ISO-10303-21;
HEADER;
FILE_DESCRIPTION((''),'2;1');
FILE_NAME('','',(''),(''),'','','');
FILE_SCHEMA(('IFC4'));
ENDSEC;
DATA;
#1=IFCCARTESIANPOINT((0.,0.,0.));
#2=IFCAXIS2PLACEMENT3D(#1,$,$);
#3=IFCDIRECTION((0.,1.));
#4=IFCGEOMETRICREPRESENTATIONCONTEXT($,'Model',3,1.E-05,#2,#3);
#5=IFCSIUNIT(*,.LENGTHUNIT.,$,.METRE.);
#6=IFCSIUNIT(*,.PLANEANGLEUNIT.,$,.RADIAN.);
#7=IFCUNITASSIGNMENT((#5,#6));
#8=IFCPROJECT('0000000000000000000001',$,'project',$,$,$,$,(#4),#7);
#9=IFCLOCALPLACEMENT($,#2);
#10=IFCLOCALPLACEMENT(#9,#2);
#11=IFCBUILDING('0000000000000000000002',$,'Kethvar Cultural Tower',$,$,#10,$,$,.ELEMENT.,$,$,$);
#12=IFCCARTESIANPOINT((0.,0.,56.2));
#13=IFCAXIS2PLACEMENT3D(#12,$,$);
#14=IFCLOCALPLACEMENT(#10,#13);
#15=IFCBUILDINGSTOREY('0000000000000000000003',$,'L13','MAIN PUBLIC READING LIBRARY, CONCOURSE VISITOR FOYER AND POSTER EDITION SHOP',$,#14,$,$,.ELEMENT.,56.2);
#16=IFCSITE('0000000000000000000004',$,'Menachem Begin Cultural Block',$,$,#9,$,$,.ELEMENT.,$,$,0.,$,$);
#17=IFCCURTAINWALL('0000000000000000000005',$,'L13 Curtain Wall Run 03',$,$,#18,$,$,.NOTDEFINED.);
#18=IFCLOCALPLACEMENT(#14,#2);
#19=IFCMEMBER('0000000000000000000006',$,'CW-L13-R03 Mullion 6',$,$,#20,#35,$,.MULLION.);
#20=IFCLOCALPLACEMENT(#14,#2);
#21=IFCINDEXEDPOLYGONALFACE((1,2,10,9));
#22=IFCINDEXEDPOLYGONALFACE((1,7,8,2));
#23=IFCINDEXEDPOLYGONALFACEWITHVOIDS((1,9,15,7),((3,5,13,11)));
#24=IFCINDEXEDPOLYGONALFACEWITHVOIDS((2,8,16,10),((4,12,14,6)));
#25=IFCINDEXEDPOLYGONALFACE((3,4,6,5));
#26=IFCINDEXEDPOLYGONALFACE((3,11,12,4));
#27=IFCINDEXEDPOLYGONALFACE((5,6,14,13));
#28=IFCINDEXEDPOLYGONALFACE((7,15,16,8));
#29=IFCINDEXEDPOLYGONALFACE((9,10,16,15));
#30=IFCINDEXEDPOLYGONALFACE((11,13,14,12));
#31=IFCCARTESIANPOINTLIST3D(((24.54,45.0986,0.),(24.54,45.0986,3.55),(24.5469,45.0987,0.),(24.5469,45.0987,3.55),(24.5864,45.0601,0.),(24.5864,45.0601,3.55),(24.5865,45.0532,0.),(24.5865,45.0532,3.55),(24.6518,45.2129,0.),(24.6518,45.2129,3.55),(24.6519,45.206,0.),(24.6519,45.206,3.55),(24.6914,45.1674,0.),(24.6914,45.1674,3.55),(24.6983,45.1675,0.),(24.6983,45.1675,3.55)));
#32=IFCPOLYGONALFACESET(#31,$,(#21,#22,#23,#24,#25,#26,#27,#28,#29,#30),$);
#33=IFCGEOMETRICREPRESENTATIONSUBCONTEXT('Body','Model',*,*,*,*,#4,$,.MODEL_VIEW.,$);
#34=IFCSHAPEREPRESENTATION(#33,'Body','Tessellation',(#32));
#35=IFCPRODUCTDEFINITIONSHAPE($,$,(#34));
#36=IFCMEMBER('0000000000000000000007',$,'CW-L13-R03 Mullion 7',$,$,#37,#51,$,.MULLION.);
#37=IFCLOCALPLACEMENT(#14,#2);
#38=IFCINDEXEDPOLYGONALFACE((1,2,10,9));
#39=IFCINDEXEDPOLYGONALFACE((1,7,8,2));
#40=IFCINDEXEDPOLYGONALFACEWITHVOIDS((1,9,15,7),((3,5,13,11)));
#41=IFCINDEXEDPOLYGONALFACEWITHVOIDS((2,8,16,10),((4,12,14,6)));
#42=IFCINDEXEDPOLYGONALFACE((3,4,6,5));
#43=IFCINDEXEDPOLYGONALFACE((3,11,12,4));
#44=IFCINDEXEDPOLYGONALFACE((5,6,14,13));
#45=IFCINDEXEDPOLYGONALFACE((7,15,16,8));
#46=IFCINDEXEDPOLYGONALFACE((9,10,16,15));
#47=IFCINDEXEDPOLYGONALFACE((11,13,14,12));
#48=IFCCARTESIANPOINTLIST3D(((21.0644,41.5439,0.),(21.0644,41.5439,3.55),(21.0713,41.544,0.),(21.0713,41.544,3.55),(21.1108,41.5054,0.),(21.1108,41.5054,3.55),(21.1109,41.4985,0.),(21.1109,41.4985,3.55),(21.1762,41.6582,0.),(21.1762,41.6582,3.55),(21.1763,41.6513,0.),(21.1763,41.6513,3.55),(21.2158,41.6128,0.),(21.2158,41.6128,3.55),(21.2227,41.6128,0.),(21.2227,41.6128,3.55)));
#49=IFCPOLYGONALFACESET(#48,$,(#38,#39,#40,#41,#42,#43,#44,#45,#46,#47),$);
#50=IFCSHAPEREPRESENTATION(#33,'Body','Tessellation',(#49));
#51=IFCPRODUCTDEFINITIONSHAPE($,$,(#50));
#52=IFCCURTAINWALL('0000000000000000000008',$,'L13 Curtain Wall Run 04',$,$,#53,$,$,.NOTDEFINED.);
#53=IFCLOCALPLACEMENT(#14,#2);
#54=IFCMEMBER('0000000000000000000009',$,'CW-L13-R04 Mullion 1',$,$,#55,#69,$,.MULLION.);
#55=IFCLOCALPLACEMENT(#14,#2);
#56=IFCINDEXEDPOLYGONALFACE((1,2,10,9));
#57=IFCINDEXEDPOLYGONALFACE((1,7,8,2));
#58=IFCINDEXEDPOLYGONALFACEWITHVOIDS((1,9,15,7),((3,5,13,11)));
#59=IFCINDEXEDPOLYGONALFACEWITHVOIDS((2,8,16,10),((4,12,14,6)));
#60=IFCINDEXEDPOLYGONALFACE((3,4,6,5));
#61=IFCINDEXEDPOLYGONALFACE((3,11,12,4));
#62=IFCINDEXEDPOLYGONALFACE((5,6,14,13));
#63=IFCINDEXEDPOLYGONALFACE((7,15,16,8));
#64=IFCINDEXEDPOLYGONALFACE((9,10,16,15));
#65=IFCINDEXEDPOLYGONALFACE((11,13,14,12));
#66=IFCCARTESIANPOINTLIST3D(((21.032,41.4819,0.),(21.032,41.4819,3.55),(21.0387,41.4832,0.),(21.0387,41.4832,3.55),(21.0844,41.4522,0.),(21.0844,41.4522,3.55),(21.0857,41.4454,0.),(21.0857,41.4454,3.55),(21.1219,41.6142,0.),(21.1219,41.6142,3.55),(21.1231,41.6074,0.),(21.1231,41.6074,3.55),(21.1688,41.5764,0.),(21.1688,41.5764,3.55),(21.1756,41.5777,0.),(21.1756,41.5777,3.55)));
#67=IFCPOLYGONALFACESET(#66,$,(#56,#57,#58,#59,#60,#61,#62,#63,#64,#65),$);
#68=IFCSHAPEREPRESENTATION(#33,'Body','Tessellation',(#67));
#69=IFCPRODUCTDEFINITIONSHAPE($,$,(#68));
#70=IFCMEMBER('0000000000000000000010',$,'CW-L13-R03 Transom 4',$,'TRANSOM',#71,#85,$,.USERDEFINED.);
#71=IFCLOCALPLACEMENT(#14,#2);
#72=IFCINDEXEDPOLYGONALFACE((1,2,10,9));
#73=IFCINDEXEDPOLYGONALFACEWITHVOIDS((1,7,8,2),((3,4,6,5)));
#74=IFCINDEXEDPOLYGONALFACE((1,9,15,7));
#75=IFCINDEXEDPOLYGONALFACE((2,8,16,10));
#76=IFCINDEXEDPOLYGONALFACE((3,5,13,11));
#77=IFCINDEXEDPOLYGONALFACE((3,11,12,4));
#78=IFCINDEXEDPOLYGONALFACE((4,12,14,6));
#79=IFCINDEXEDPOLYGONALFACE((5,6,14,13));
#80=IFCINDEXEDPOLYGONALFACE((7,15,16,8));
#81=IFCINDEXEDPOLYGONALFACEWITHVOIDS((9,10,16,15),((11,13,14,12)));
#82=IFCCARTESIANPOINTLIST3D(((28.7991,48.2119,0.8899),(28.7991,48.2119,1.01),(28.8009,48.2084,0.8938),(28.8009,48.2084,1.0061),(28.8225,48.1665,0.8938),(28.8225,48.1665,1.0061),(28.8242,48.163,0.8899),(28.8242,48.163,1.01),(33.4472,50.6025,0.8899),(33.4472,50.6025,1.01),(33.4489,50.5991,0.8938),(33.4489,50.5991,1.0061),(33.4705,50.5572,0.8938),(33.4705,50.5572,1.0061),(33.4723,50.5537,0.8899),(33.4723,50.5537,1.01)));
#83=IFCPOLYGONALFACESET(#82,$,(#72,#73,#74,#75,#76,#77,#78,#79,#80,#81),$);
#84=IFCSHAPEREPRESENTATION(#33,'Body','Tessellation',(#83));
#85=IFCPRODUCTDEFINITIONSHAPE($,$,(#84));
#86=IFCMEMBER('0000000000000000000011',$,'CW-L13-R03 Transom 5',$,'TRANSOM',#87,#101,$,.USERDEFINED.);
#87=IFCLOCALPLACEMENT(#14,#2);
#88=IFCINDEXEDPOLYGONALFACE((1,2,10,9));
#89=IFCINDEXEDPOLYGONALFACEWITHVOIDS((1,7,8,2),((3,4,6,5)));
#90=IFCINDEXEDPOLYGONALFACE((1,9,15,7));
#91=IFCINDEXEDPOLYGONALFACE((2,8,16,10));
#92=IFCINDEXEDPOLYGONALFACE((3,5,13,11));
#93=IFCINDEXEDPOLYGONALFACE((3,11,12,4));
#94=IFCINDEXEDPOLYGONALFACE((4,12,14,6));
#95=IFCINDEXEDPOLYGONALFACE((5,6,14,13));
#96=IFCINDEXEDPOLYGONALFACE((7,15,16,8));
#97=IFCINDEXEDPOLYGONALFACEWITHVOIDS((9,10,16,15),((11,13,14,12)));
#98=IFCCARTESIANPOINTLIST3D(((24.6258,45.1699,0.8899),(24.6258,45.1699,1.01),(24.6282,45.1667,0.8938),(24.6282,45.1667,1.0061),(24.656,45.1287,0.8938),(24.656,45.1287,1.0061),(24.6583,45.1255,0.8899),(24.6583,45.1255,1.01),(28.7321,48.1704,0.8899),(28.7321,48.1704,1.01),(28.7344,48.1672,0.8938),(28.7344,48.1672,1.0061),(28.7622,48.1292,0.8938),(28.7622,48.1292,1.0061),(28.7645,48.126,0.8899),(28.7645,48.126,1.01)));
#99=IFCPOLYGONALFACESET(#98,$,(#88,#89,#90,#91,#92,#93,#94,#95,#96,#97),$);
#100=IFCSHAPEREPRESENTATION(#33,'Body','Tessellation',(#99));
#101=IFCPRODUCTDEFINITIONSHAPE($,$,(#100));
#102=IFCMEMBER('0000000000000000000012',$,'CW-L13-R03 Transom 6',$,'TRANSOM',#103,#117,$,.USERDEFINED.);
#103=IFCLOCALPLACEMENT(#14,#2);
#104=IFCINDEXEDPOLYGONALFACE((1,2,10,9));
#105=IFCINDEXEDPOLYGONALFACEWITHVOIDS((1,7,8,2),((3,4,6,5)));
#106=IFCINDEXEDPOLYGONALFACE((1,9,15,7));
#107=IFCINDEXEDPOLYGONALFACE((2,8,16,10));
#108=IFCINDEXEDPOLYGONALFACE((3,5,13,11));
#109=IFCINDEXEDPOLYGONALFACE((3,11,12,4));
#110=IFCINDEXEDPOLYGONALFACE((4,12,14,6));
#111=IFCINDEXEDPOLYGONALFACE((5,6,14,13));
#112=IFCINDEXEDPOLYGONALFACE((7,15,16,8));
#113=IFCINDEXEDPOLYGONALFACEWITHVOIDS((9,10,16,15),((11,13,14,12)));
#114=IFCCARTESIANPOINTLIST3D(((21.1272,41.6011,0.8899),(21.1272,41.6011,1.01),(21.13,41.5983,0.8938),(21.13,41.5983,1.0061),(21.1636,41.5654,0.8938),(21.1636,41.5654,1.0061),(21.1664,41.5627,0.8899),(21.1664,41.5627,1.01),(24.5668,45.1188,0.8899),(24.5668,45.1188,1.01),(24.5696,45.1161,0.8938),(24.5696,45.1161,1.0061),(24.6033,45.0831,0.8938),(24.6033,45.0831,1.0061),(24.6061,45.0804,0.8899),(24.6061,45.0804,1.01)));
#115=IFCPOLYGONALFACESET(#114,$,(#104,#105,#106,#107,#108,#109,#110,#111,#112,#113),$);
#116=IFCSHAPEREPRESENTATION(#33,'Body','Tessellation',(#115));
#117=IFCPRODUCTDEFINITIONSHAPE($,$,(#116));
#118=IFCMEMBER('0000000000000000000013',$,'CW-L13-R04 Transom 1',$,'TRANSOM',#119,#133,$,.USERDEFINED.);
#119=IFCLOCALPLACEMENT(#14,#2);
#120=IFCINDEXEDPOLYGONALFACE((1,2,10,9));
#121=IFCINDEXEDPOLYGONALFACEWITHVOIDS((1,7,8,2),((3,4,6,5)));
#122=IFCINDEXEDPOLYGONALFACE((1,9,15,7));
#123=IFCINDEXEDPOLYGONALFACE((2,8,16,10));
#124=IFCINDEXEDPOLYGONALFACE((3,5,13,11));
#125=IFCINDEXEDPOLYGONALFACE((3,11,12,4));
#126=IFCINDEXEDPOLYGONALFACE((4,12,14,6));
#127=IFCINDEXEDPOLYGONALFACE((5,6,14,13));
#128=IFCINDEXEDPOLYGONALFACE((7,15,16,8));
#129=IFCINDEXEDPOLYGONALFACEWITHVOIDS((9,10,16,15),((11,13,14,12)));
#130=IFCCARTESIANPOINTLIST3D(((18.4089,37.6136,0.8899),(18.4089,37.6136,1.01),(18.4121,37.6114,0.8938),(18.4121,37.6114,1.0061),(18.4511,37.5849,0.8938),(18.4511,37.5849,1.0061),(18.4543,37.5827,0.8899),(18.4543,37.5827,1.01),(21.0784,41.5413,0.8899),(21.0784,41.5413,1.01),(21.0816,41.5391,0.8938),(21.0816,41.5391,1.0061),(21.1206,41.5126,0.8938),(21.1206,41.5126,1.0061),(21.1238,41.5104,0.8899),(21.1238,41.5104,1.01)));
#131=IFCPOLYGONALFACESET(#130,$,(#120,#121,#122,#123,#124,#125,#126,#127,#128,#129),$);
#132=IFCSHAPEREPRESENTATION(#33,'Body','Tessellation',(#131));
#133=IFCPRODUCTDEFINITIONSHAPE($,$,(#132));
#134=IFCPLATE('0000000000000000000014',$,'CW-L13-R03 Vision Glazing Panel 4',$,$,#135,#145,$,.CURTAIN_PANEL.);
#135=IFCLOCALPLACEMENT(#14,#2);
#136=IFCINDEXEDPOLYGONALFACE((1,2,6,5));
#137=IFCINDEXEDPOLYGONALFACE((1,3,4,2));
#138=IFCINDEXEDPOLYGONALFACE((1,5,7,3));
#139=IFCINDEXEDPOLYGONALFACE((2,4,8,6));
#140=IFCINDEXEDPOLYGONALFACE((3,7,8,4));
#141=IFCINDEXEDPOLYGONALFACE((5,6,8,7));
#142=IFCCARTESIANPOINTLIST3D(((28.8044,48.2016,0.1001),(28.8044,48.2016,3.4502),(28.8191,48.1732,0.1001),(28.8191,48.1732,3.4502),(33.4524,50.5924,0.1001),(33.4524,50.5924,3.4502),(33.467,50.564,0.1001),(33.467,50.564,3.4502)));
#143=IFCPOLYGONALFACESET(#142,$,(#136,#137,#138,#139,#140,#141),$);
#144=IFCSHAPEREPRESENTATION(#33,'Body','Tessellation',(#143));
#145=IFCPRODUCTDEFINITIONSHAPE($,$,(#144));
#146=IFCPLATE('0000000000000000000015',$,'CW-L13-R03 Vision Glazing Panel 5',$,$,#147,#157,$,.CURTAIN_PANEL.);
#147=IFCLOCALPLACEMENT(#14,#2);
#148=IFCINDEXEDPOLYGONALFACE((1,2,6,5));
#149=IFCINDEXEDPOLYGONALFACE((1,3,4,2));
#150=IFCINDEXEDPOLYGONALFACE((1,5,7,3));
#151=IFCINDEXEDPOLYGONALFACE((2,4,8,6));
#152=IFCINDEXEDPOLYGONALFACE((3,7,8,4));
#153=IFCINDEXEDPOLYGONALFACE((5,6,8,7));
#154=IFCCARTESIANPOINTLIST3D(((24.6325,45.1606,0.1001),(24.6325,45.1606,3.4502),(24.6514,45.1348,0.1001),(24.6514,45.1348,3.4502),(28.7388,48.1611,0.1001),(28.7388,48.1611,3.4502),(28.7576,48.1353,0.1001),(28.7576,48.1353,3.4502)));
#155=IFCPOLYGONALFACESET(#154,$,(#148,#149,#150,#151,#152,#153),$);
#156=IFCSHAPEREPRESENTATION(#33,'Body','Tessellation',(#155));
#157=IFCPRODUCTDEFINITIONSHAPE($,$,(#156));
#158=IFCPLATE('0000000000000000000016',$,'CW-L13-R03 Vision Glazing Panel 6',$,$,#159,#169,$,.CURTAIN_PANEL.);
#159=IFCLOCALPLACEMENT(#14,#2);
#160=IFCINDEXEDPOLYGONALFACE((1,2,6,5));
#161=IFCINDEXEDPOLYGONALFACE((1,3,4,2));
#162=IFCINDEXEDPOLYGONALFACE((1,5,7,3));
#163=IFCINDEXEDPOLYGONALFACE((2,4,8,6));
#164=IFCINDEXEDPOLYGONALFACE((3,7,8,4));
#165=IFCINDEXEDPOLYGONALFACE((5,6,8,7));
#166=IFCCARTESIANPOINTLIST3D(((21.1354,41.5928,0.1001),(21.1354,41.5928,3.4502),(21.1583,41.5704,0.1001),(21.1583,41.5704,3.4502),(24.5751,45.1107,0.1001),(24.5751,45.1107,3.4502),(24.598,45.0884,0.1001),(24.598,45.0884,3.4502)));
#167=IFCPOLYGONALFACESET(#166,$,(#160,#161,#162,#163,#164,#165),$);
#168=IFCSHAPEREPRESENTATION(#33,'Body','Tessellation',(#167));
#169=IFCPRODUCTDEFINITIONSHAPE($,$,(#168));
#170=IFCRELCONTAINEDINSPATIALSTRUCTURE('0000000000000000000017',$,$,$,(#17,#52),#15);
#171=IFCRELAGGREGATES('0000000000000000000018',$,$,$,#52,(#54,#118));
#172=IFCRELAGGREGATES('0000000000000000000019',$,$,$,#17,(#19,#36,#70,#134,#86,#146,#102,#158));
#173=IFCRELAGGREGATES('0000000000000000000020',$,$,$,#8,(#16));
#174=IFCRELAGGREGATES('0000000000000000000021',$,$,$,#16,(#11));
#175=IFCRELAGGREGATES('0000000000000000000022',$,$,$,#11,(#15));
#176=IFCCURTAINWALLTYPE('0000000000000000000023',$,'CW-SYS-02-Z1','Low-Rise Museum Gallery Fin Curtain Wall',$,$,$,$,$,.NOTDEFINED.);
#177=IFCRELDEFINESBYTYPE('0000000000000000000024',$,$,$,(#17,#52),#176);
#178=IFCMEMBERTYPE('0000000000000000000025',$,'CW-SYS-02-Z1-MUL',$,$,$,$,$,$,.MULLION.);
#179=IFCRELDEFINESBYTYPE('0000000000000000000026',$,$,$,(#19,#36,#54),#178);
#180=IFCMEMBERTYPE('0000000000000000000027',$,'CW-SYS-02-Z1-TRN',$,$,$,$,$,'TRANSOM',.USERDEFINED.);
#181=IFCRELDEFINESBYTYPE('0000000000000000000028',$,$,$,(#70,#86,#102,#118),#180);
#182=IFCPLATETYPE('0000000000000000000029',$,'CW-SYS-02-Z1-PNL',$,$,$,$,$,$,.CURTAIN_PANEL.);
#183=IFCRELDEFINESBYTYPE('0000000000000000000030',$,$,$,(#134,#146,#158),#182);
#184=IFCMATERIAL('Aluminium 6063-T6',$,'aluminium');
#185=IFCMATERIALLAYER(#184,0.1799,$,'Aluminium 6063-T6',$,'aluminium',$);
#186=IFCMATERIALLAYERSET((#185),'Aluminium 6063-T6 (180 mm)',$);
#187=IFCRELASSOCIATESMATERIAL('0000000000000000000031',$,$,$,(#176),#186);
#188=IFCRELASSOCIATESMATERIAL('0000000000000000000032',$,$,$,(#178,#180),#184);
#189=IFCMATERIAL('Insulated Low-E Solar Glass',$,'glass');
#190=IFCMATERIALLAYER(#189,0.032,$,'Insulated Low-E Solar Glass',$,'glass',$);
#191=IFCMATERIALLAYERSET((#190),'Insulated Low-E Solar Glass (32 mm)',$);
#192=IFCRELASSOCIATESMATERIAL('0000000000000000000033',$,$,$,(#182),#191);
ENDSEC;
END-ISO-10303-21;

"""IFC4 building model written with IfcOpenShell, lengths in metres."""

from ifc_helpers import new_model, si_unit, direction, frame, origin, origin_2d, place, context, subcontext, project, spatial, rectangle, hollow_rectangle, extrude, source, transform, mapped, material, layer, layer_set, material_profile, profile_set, type_object, element, aggregate, save


model = new_model("IFC4")

# Units and contexts
model_context = context("Model", 3, precision=1e-05, world=origin(), true_north=direction((0.0, 1.0)))
body_context = subcontext(model_context, "Body", "Model", "MODEL_VIEW")
ifc_project = project(units=[si_unit("LENGTHUNIT", "METRE"), si_unit("PLANEANGLEUNIT", "RADIAN")], contexts=[model_context])

# Site, building, storey
site_placement = place(None, origin())
site = spatial("IfcSite", under=ifc_project, at=site_placement, Name="Menachem Begin Cultural Block", CompositionType="ELEMENT", RefElevation=0.0)
building_placement = place(site_placement, origin())
building = spatial("IfcBuilding", under=site, at=building_placement, Name="Kethvar Cultural Tower", CompositionType="ELEMENT")
storey_placement = place(building_placement, frame((0.0, 0.0, 56.2)))
storey = spatial("IfcBuildingStorey", under=building, at=storey_placement, Name="L13", Description="MAIN PUBLIC READING LIBRARY, CONCOURSE VISITOR FOYER AND POSTER EDITION SHOP", CompositionType="ELEMENT", Elevation=56.2)

# Curtain wall, members
ifc_material_1 = material(Name="Aluminium 6063-T6", Category="aluminium")
ifc_layer_1 = layer(ifc_material_1, 0.1799, Name="Aluminium 6063-T6", Category="aluminium")
ifc_layer_set_1 = layer_set([ifc_layer_1], Name="Aluminium 6063-T6 (180 mm)")
curtain_wall_type = type_object("IfcCurtainWallType", Name="CW-SYS-02-Z1", Description="Low-Rise Museum Gallery Fin Curtain Wall", PredefinedType="NOTDEFINED", material=ifc_layer_set_1)
curtain_wall_1_placement = place(storey_placement, origin())
curtain_wall_1 = element("IfcCurtainWall", 1, at=curtain_wall_1_placement, inside=storey, type_object=curtain_wall_type, Name="L13 Curtain Wall Run 03", PredefinedType="NOTDEFINED")
ifc_material_profile_1 = material_profile(ifc_material_1, hollow_rectangle(XDim=0.0649, YDim=0.1599, WallThickness=0.0049, at=origin_2d()), Name="Aluminium 6063-T6 — RHS160x65x5")
ifc_profile_set_1 = profile_set([ifc_material_profile_1], Name="Aluminium 6063-T6 — RHS160x65x5")
member_type_1 = type_object("IfcMemberType", Name="CW-SYS-02-Z1-MUL", PredefinedType="MULLION", material=ifc_profile_set_1)
shared_shape_1 = source(origin(), body_context, "Body", "SweptSolid", [
    extrude(hollow_rectangle(XDim=0.0649, YDim=0.1599, WallThickness=0.0049, at=origin_2d()), origin(), (0.0, 0.0, 1.0), 3.55),
])
member_1_placement = place(storey_placement, frame((24.6191, 45.1331, 0.0), z_axis=(0.0, 0.0, 1.0), x_axis=(0.71501, -0.699114, 0.0)))
member_1 = element("IfcMember", 2, at=member_1_placement, type_object=member_type_1, Name="CW-L13-R03 Mullion 6", PredefinedType="MULLION", context=body_context, shape_type="MappedRepresentation", body=[
    mapped(shared_shape_1, transform((0.0, 0.0, 0.0), scale=1.0)),
])
member_2_placement = place(storey_placement, frame((21.1436, 41.5784, 0.0), z_axis=(0.0, 0.0, 1.0), x_axis=(0.71501, -0.699114, 0.0)))
member_2 = element("IfcMember", 3, at=member_2_placement, type_object=member_type_1, Name="CW-L13-R03 Mullion 7", PredefinedType="MULLION", context=body_context, shape_type="MappedRepresentation", body=[
    mapped(shared_shape_1, transform((0.0, 0.0, 0.0), scale=1.0)),
])

# Curtain wall, member
curtain_wall_2_placement = place(storey_placement, origin())
curtain_wall_2 = element("IfcCurtainWall", 4, at=curtain_wall_2_placement, inside=storey, type_object=curtain_wall_type, Name="L13 Curtain Wall Run 04", PredefinedType="NOTDEFINED")
member_3_placement = place(storey_placement, frame((21.1038, 41.5298, 0.0), z_axis=(0.0, 0.0, 1.0), x_axis=(0.827051, -0.562127, 0.0)))
member_3 = element("IfcMember", 5, at=member_3_placement, type_object=member_type_1, Name="CW-L13-R04 Mullion 1", PredefinedType="MULLION", context=body_context, shape_type="MappedRepresentation", body=[
    mapped(shared_shape_1, transform((0.0, 0.0, 0.0), scale=1.0)),
])

# Members
ifc_material_profile_2 = material_profile(ifc_material_1, hollow_rectangle(XDim=0.0549, YDim=0.1201, WallThickness=0.0039, at=origin_2d()), Name="Aluminium 6063-T6 — RHS120x55x4")
ifc_profile_set_2 = profile_set([ifc_material_profile_2], Name="Aluminium 6063-T6 — RHS120x55x4")
member_type_2 = type_object("IfcMemberType", Name="CW-SYS-02-Z1-TRN", ElementType="TRANSOM", PredefinedType="USERDEFINED", material=ifc_profile_set_2)
shared_shape_2 = source(origin(), body_context, "Body", "SweptSolid", [
    extrude(hollow_rectangle(XDim=0.0549, YDim=0.1201, WallThickness=0.0039, at=origin_2d()), origin(), (0.0, 0.0, 1.0), 5.2268),
])
member_4_placement = place(storey_placement, frame((33.4597, 50.5781, 0.95), z_axis=(-0.889268, -0.457386, 0.0), x_axis=(0.457386, -0.889268, 0.0)))
member_4 = element("IfcMember", 6, at=member_4_placement, type_object=member_type_2, Name="CW-L13-R03 Transom 4", ObjectType="TRANSOM", PredefinedType="USERDEFINED", context=body_context, shape_type="MappedRepresentation", body=[
    mapped(shared_shape_2, transform((0.0, 0.0, 0.0), scale=1.0)),
])
shared_shape_3 = source(origin(), body_context, "Body", "SweptSolid", [
    extrude(hollow_rectangle(XDim=0.0549, YDim=0.1201, WallThickness=0.0039, at=origin_2d()), origin(), (0.0, 0.0, 1.0), 5.0857),
])
member_5_placement = place(storey_placement, frame((28.7483, 48.1482, 0.95), z_axis=(-0.80741, -0.589991, 0.0), x_axis=(0.589991, -0.80741, 0.0)))
member_5 = element("IfcMember", 7, at=member_5_placement, type_object=member_type_2, Name="CW-L13-R03 Transom 5", ObjectType="TRANSOM", PredefinedType="USERDEFINED", context=body_context, shape_type="MappedRepresentation", body=[
    mapped(shared_shape_3, transform((0.0, 0.0, 0.0), scale=1.0)),
])
shared_shape_4 = source(origin(), body_context, "Body", "SweptSolid", [
    extrude(hollow_rectangle(XDim=0.0549, YDim=0.1201, WallThickness=0.0039, at=origin_2d()), origin(), (0.0, 0.0, 1.0), 4.9199),
])
member_6_placement = place(storey_placement, frame((24.5864, 45.0996, 0.95), z_axis=(-0.699123, -0.715002, 0.0), x_axis=(0.715002, -0.699123, 0.0)))
member_6 = element("IfcMember", 8, at=member_6_placement, type_object=member_type_2, Name="CW-L13-R03 Transom 6", ObjectType="TRANSOM", PredefinedType="USERDEFINED", context=body_context, shape_type="MappedRepresentation", body=[
    mapped(shared_shape_4, transform((0.0, 0.0, 0.0), scale=1.0)),
])
shared_shape_5 = source(origin(), body_context, "Body", "SweptSolid", [
    extrude(hollow_rectangle(XDim=0.0549, YDim=0.1201, WallThickness=0.0039, at=origin_2d()), origin(), (0.0, 0.0, 1.0), 4.749),
])
member_7_placement = place(storey_placement, frame((21.1011, 41.5259, 0.95), z_axis=(-0.562105, -0.827066, 0.0), x_axis=(0.827066, -0.562105, 0.0)))
member_7 = element("IfcMember", 9, at=member_7_placement, type_object=member_type_2, Name="CW-L13-R04 Transom 1", ObjectType="TRANSOM", PredefinedType="USERDEFINED", context=body_context, shape_type="MappedRepresentation", body=[
    mapped(shared_shape_5, transform((0.0, 0.0, 0.0), scale=1.0)),
])
aggregate(curtain_wall_2, [member_3, member_7])

# Plates
ifc_material_2 = material(Name="Insulated Low-E Solar Glass", Category="glass")
ifc_layer_2 = layer(ifc_material_2, 0.032, Name="Insulated Low-E Solar Glass", Category="glass")
ifc_layer_set_2 = layer_set([ifc_layer_2], Name="Insulated Low-E Solar Glass (32 mm)")
plate_type = type_object("IfcPlateType", Name="CW-SYS-02-Z1-PNL", PredefinedType="CURTAIN_PANEL", material=ifc_layer_set_2)
shared_shape_6 = source(origin(), body_context, "Body", "SweptSolid", [
    extrude(rectangle(XDim=5.2268, YDim=0.032, at=origin_2d()), origin(), (0.0, 0.0, 1.0), 3.3501),
])
plate_1_placement = place(storey_placement, frame((31.1357, 49.3828, 0.1001), z_axis=(0.0, 0.0, 1.0), x_axis=(-0.889257, -0.457408, 0.0)))
plate_1 = element("IfcPlate", 10, at=plate_1_placement, type_object=plate_type, Name="CW-L13-R03 Vision Glazing Panel 4", PredefinedType="CURTAIN_PANEL", context=body_context, shape_type="MappedRepresentation", body=[
    mapped(shared_shape_6, transform((0.0, 0.0, 0.0), scale=1.0)),
])
shared_shape_7 = source(origin(), body_context, "Body", "SweptSolid", [
    extrude(rectangle(XDim=5.0857, YDim=0.032, at=origin_2d()), origin(), (0.0, 0.0, 1.0), 3.3501),
])
plate_2_placement = place(storey_placement, frame((26.6951, 46.6479, 0.1001), z_axis=(0.0, 0.0, 1.0), x_axis=(-0.807414, -0.589986, 0.0)))
plate_2 = element("IfcPlate", 11, at=plate_2_placement, type_object=plate_type, Name="CW-L13-R03 Vision Glazing Panel 5", PredefinedType="CURTAIN_PANEL", context=body_context, shape_type="MappedRepresentation", body=[
    mapped(shared_shape_7, transform((0.0, 0.0, 0.0), scale=1.0)),
])
shared_shape_8 = source(origin(), body_context, "Body", "SweptSolid", [
    extrude(rectangle(XDim=4.9202, YDim=0.032, at=origin_2d()), origin(), (0.0, 0.0, 1.0), 3.3501),
])
plate_3_placement = place(storey_placement, frame((22.8667, 43.3406, 0.1001), z_axis=(0.0, 0.0, 1.0), x_axis=(-0.699114, -0.71501, 0.0)))
plate_3 = element("IfcPlate", 12, at=plate_3_placement, type_object=plate_type, Name="CW-L13-R03 Vision Glazing Panel 6", PredefinedType="CURTAIN_PANEL", context=body_context, shape_type="MappedRepresentation", body=[
    mapped(shared_shape_8, transform((0.0, 0.0, 0.0), scale=1.0)),
])
aggregate(curtain_wall_1, [member_1, member_2, member_4, plate_1, member_5, plate_2, member_6, plate_3])

save(model, "model.ifc")
